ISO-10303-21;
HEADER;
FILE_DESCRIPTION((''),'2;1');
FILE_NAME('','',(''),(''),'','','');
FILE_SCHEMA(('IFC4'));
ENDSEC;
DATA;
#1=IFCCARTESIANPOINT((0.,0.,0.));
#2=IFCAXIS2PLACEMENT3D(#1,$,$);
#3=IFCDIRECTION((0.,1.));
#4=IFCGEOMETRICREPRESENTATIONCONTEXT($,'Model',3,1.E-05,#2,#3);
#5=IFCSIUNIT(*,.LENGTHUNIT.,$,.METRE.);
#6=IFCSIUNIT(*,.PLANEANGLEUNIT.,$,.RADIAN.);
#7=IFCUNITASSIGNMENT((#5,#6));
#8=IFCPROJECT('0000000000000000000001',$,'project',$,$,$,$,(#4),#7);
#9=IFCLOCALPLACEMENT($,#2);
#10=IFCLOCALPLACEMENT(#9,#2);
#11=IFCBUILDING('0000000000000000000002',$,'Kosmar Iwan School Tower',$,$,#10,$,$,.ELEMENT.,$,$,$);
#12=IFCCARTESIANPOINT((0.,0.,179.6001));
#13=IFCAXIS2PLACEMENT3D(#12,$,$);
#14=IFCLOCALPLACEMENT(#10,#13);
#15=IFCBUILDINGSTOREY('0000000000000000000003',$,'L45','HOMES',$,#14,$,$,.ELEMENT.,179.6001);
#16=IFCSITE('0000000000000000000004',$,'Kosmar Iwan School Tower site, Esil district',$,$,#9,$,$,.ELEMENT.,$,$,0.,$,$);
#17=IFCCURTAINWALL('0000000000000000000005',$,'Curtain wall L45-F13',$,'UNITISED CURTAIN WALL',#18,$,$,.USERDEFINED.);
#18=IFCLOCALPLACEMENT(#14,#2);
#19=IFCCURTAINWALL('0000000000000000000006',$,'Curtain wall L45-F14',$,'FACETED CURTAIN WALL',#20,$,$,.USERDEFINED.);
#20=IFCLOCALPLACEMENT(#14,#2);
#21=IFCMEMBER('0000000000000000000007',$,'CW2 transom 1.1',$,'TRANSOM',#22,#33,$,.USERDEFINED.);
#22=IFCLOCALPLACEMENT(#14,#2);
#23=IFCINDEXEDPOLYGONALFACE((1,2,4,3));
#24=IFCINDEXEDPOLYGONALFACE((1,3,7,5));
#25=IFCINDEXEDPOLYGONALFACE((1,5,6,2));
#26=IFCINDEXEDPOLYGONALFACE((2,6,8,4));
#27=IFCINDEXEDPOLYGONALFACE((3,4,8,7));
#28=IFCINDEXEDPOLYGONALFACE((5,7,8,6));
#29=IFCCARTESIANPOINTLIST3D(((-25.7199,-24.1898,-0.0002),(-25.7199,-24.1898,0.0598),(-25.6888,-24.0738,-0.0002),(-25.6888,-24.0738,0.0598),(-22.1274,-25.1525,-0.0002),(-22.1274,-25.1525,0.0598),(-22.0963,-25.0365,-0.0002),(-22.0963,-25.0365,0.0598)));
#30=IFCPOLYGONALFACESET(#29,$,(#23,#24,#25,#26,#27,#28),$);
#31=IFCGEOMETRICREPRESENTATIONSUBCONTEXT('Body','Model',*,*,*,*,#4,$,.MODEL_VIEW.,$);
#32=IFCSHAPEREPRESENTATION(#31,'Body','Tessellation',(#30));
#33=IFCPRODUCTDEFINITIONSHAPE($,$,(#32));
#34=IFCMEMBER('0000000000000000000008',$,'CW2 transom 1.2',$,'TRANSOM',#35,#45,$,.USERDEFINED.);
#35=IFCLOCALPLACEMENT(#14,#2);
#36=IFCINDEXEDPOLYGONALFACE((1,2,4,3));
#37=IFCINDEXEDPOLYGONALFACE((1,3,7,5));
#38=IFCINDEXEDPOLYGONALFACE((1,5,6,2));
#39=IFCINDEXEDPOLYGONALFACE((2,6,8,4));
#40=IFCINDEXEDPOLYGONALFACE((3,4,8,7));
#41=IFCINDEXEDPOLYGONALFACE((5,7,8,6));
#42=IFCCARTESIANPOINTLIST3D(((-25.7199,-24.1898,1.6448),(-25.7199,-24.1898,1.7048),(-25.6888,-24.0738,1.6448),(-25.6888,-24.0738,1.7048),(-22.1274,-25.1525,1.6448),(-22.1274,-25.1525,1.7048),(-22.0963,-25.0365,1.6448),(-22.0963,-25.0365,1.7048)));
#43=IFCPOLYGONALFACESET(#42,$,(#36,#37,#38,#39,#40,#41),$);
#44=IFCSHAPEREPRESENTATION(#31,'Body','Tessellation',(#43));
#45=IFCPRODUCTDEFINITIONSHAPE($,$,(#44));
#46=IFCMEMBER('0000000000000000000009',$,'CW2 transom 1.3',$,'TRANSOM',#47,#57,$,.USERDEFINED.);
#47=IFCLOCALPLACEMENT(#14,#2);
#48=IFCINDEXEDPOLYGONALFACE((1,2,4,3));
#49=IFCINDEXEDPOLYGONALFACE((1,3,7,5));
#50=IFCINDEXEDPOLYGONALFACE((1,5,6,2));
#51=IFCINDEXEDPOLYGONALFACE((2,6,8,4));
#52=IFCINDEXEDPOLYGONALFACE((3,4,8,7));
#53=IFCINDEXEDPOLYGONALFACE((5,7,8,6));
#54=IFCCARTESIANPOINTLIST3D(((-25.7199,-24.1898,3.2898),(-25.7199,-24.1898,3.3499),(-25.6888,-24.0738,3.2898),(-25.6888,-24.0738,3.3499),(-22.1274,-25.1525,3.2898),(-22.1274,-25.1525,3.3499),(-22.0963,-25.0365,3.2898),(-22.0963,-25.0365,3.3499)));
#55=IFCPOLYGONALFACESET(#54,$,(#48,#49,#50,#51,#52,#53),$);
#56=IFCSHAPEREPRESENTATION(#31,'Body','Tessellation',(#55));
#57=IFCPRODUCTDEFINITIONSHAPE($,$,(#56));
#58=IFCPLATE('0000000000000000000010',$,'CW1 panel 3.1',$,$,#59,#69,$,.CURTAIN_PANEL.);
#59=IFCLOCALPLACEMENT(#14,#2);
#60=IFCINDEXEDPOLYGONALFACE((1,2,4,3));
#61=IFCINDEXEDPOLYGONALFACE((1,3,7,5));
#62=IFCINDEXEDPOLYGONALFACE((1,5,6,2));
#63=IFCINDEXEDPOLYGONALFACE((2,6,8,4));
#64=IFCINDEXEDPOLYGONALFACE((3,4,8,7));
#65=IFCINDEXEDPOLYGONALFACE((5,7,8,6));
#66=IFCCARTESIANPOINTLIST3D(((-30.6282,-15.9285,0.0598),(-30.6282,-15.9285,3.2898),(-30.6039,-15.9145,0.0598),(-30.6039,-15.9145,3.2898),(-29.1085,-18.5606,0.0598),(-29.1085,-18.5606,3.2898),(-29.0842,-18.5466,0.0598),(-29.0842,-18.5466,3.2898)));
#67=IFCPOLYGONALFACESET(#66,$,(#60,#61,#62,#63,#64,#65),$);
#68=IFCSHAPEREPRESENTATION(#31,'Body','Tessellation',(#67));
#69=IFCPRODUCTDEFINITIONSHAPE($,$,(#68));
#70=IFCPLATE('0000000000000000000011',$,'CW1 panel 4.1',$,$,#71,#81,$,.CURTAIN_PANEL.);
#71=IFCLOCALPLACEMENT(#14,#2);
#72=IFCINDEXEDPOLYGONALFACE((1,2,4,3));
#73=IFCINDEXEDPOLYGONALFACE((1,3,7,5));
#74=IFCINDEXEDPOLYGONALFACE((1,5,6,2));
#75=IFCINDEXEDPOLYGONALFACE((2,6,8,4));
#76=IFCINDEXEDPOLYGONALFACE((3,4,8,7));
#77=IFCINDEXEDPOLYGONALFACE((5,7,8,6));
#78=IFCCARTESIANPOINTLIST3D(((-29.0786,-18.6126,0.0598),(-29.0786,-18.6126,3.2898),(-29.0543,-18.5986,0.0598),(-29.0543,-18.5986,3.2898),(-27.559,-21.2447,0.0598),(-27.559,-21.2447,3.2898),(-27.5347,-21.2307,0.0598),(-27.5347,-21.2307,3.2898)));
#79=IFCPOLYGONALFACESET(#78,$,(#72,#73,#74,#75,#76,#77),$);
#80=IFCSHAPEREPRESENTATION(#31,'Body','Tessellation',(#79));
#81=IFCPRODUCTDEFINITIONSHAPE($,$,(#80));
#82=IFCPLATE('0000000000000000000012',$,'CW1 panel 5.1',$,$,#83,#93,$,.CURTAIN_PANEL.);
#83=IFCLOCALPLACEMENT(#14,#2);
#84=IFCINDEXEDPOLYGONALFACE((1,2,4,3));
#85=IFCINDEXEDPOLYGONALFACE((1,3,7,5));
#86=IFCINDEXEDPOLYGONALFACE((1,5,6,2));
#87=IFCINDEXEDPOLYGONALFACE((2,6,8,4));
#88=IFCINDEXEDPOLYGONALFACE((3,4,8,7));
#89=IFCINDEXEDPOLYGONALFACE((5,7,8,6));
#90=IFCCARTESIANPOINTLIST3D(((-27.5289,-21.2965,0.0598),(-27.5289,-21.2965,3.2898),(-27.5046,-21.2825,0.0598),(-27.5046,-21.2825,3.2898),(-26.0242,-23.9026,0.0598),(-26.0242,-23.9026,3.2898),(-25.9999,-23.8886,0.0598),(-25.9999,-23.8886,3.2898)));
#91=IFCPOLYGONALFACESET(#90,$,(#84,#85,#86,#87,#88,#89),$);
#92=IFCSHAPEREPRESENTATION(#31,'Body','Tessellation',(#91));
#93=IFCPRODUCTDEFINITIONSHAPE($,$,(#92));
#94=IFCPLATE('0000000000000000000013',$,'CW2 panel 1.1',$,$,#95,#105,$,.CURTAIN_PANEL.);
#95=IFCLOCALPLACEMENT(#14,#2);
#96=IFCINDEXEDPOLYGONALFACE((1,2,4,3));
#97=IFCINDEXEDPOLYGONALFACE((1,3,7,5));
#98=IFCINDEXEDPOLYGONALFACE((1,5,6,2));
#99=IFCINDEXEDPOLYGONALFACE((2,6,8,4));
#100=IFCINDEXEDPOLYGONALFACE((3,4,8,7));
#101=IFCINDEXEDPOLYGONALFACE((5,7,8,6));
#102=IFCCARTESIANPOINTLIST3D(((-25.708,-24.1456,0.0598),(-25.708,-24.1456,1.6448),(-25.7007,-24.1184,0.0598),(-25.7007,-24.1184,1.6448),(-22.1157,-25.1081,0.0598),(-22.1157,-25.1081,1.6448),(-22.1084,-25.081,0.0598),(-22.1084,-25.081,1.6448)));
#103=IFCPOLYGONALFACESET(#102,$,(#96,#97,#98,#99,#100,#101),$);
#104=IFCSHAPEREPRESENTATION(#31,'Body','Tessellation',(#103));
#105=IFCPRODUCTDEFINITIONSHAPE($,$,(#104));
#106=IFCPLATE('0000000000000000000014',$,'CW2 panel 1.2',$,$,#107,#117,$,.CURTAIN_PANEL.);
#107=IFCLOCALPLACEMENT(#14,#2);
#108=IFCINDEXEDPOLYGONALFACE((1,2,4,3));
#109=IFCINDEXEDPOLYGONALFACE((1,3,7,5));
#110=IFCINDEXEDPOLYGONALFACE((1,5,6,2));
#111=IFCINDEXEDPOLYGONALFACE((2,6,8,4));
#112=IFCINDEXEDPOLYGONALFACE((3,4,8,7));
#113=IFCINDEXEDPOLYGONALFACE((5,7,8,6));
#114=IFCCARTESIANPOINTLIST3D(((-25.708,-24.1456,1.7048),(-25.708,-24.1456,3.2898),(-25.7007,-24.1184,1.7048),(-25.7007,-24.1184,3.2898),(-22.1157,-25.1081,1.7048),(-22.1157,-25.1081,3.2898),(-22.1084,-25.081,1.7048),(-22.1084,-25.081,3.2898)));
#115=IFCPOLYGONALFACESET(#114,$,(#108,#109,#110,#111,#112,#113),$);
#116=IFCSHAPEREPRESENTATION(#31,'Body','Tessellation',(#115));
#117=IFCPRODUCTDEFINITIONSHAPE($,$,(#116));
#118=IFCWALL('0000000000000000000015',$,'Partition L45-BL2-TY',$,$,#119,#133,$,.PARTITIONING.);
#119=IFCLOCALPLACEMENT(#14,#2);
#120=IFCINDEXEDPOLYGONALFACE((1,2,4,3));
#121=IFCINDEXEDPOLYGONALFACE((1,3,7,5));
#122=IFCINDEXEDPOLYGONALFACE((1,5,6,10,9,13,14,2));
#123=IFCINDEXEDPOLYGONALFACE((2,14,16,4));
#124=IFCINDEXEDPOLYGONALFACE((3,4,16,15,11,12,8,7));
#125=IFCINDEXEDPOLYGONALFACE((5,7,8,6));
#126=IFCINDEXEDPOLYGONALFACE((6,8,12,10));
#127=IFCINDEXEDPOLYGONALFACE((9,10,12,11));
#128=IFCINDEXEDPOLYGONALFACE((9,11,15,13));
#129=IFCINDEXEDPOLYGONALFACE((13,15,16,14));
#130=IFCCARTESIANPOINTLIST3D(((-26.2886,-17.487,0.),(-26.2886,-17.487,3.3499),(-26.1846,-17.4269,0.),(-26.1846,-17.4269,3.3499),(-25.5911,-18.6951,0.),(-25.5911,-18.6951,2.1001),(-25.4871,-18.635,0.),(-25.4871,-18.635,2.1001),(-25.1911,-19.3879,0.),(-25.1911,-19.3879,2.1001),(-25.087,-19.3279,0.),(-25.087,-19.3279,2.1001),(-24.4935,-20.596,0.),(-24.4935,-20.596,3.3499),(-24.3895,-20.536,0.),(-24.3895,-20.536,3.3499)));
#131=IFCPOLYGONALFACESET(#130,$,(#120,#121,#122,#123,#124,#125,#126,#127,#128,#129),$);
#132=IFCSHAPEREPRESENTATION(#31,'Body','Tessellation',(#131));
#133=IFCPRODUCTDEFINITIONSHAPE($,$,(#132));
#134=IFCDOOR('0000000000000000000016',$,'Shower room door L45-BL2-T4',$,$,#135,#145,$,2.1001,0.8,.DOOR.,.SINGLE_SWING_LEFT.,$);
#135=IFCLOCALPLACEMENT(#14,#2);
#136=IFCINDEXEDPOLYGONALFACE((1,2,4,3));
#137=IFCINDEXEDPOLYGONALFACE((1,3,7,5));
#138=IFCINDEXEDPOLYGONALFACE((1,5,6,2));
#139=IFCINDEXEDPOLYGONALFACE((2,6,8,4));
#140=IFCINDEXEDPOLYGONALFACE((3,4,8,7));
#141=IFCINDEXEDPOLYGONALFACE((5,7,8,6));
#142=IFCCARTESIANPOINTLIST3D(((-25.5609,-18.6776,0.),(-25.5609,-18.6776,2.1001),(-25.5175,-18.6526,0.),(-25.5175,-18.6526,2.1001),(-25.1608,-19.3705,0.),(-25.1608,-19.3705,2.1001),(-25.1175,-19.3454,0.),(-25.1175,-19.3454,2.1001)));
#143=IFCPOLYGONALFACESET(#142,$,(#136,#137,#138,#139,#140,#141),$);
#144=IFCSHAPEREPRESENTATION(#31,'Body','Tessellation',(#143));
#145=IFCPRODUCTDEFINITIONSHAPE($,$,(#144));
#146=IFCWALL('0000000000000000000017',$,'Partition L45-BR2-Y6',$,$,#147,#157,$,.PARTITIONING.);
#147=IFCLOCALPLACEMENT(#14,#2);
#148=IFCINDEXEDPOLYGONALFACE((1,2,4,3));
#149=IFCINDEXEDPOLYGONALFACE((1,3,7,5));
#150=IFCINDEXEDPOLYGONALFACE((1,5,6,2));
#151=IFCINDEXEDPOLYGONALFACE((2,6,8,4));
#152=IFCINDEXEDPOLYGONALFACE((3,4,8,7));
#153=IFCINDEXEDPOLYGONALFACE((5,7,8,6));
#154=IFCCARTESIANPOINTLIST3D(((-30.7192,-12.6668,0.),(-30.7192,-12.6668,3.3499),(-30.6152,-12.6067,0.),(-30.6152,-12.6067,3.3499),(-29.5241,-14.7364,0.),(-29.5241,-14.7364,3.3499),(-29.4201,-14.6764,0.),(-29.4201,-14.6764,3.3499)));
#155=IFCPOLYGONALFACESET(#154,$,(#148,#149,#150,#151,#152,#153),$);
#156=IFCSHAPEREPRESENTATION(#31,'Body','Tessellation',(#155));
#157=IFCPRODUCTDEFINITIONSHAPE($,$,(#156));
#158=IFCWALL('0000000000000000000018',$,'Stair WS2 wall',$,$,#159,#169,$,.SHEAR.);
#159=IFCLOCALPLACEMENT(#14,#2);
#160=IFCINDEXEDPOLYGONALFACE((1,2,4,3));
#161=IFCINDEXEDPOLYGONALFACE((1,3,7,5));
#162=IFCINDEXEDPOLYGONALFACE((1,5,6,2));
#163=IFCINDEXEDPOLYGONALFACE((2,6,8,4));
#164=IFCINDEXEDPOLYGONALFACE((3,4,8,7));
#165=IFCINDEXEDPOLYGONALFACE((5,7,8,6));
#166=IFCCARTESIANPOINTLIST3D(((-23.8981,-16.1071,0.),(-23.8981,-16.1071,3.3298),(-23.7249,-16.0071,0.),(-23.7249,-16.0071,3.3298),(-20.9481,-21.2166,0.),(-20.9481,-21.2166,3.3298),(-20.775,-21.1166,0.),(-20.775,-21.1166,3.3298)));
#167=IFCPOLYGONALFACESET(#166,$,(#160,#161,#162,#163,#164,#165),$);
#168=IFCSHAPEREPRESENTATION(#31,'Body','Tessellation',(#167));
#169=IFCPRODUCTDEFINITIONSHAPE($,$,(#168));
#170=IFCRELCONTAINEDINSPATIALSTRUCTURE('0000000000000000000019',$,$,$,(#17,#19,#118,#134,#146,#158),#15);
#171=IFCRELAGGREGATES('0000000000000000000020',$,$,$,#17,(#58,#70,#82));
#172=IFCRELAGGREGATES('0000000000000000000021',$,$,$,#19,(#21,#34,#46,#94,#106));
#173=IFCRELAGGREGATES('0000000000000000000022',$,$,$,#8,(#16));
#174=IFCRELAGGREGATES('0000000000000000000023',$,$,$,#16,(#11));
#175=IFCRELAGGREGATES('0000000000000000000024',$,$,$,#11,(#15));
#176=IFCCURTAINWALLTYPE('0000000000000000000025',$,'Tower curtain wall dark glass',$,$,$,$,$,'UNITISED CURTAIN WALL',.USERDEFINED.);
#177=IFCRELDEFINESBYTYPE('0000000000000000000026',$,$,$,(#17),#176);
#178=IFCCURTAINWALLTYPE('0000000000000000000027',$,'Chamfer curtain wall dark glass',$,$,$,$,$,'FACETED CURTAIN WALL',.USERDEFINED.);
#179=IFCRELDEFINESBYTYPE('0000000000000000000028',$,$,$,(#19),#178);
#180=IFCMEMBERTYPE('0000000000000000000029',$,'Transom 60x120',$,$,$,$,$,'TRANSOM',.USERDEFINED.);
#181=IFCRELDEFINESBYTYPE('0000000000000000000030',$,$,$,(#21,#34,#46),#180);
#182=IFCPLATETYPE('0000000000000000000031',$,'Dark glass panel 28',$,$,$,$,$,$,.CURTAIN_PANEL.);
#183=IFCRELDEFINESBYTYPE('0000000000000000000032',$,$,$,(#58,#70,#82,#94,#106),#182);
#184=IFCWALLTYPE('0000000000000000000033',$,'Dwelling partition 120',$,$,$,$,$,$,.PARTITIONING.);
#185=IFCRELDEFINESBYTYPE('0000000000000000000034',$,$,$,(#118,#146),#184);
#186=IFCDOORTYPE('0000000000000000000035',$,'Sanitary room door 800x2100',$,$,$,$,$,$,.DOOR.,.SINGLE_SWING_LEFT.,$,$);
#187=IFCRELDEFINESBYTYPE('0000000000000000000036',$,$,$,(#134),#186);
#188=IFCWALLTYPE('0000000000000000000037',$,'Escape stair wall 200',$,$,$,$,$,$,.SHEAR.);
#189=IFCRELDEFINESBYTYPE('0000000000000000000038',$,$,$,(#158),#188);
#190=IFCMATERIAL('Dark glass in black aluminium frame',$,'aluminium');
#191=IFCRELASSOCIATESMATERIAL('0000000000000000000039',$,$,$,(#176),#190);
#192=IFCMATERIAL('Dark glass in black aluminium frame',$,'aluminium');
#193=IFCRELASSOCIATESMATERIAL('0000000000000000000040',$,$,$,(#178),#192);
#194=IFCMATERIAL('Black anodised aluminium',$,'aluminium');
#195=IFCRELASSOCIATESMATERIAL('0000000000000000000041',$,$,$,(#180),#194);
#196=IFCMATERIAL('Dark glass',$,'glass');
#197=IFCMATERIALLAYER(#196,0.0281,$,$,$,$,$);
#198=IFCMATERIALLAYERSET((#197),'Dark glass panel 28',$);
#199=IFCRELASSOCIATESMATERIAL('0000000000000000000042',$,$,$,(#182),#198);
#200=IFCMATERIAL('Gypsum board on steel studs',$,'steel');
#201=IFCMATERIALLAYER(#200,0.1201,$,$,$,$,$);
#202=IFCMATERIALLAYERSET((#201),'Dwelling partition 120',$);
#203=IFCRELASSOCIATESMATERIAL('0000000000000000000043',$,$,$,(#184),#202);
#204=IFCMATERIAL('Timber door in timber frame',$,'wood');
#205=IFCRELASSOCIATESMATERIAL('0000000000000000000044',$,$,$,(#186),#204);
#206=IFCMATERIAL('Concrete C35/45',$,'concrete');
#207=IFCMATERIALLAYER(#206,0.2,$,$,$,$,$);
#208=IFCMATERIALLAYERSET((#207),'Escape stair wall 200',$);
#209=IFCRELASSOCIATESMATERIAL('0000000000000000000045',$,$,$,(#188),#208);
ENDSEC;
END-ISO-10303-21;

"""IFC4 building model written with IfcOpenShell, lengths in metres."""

from ifc_helpers import new_model, si_unit, direction, frame, frame_2d, origin, origin_2d, place, context, subcontext, project, spatial, rectangle, extrude, material, layer, layer_set, material_profile, profile_set, type_object, element, fill, aggregate, save


model = new_model("IFC4")

# Units and contexts
model_context = context("Model", 3, precision=1e-05, world=origin(), true_north=direction((0.0, 1.0)))
body_context = subcontext(model_context, "Body", "Model", "MODEL_VIEW")
ifc_project = project(units=[si_unit("LENGTHUNIT", "METRE"), si_unit("PLANEANGLEUNIT", "RADIAN")], contexts=[model_context])

# Site, building, storey
site_placement = place(None, origin())
site = spatial("IfcSite", under=ifc_project, at=site_placement, Name="Kosmar Iwan School Tower site, Esil district", CompositionType="ELEMENT", RefElevation=0.0)
building_placement = place(site_placement, origin())
building = spatial("IfcBuilding", under=site, at=building_placement, Name="Kosmar Iwan School Tower", CompositionType="ELEMENT")
storey_placement = place(building_placement, frame((0.0, 0.0, 179.6001)))
storey = spatial("IfcBuildingStorey", under=building, at=storey_placement, Name="L45", Description="HOMES", CompositionType="ELEMENT", Elevation=179.6001)

# Curtain wall
ifc_material_1 = material(Name="Dark glass in black aluminium frame", Category="aluminium")
curtain_wall_type_1 = type_object("IfcCurtainWallType", Name="Tower curtain wall dark glass", ElementType="UNITISED CURTAIN WALL", PredefinedType="USERDEFINED", material=ifc_material_1)
curtain_wall_1_placement = place(storey_placement, origin())
curtain_wall_1 = element("IfcCurtainWall", 1, at=curtain_wall_1_placement, inside=storey, type_object=curtain_wall_type_1, Name="Curtain wall L45-F13", ObjectType="UNITISED CURTAIN WALL", PredefinedType="USERDEFINED")

# Curtain wall
ifc_material_2 = material(Name="Dark glass in black aluminium frame", Category="aluminium")
curtain_wall_type_2 = type_object("IfcCurtainWallType", Name="Chamfer curtain wall dark glass", ElementType="FACETED CURTAIN WALL", PredefinedType="USERDEFINED", material=ifc_material_2)
curtain_wall_2_placement = place(storey_placement, origin())
curtain_wall_2 = element("IfcCurtainWall", 2, at=curtain_wall_2_placement, inside=storey, type_object=curtain_wall_type_2, Name="Curtain wall L45-F14", ObjectType="FACETED CURTAIN WALL", PredefinedType="USERDEFINED")

# Members
ifc_material_3 = material(Name="Black anodised aluminium", Category="aluminium")
ifc_material_profile_1 = material_profile(ifc_material_3, rectangle(XDim=0.1201, YDim=0.0601, at=origin_2d()), Name="TRANSOM 60x120")
ifc_profile_set_1 = profile_set([ifc_material_profile_1], Name="Black anodised aluminium")
member_type_1 = type_object("IfcMemberType", Name="Transom 60x120", ElementType="TRANSOM", PredefinedType="USERDEFINED", material=ifc_profile_set_1)
member_1_placement = place(storey_placement, frame((-25.7043, -24.1318, 0.0298), z_axis=(0.965924, -0.258827, 0.0), x_axis=(0.258827, 0.965924, 0.0)))
member_1 = element("IfcMember", 3, at=member_1_placement, type_object=member_type_1, Name="CW2 transom 1.1", ObjectType="TRANSOM", PredefinedType="USERDEFINED", context=body_context, shape_type="SweptSolid", body=[
    extrude(rectangle(XDim=0.1201, YDim=0.0601, at=origin_2d()), origin(), (0.0, 0.0, 1.0), 3.7192),
])
member_2_placement = place(storey_placement, frame((-25.7043, -24.1318, 1.6748), z_axis=(0.965924, -0.258827, 0.0), x_axis=(0.258827, 0.965924, 0.0)))
member_2 = element("IfcMember", 4, at=member_2_placement, type_object=member_type_1, Name="CW2 transom 1.2", ObjectType="TRANSOM", PredefinedType="USERDEFINED", context=body_context, shape_type="SweptSolid", body=[
    extrude(rectangle(XDim=0.1201, YDim=0.0601, at=origin_2d()), origin(), (0.0, 0.0, 1.0), 3.7192),
])
member_3_placement = place(storey_placement, frame((-25.7043, -24.1318, 3.3198), z_axis=(0.965924, -0.258827, 0.0), x_axis=(0.258827, 0.965924, 0.0)))
member_3 = element("IfcMember", 5, at=member_3_placement, type_object=member_type_1, Name="CW2 transom 1.3", ObjectType="TRANSOM", PredefinedType="USERDEFINED", context=body_context, shape_type="SweptSolid", body=[
    extrude(rectangle(XDim=0.1201, YDim=0.0601, at=origin_2d()), origin(), (0.0, 0.0, 1.0), 3.7192),
])

# Plates
ifc_material_4 = material(Name="Dark glass", Category="glass")
ifc_layer_1 = layer(ifc_material_4, 0.0281)
ifc_layer_set_1 = layer_set([ifc_layer_1], Name="Dark glass panel 28")
plate_type = type_object("IfcPlateType", Name="Dark glass panel 28", PredefinedType="CURTAIN_PANEL", material=ifc_layer_set_1)
plate_1_placement = place(storey_placement, frame((-29.8562, -17.2375, 0.0598), z_axis=(0.0, 0.0, 1.0), x_axis=(0.5, -0.866025, 0.0)))
plate_1 = element("IfcPlate", 6, at=plate_1_placement, type_object=plate_type, Name="CW1 panel 3.1", PredefinedType="CURTAIN_PANEL", context=body_context, shape_type="SweptSolid", body=[
    extrude(rectangle(XDim=3.0393, YDim=0.0281, at=origin_2d()), origin(), (0.0, 0.0, 1.0), 3.23),
])
plate_2_placement = place(storey_placement, frame((-28.3066, -19.9216, 0.0598), z_axis=(0.0, 0.0, 1.0), x_axis=(0.5, -0.866025, 0.0)))
plate_2 = element("IfcPlate", 7, at=plate_2_placement, type_object=plate_type, Name="CW1 panel 4.1", PredefinedType="CURTAIN_PANEL", context=body_context, shape_type="SweptSolid", body=[
    extrude(rectangle(XDim=3.0393, YDim=0.0281, at=origin_2d()), origin(), (0.0, 0.0, 1.0), 3.23),
])
plate_3_placement = place(storey_placement, frame((-26.7644, -22.5925, 0.0598), z_axis=(0.0, 0.0, 1.0), x_axis=(0.5, -0.866025, 0.0)))
plate_3 = element("IfcPlate", 8, at=plate_3_placement, type_object=plate_type, Name="CW1 panel 5.1", PredefinedType="CURTAIN_PANEL", context=body_context, shape_type="SweptSolid", body=[
    extrude(rectangle(XDim=3.0093, YDim=0.0281, at=origin_2d()), origin(), (0.0, 0.0, 1.0), 3.23),
])
aggregate(curtain_wall_1, [plate_1, plate_2, plate_3])
plate_4_placement = place(storey_placement, frame((-23.9082, -24.6133, 0.0598), z_axis=(0.0, 0.0, 1.0), x_axis=(0.965926, -0.258819, 0.0)))
plate_4 = element("IfcPlate", 9, at=plate_4_placement, type_object=plate_type, Name="CW2 panel 1.1", PredefinedType="CURTAIN_PANEL", context=body_context, shape_type="SweptSolid", body=[
    extrude(rectangle(XDim=3.719, YDim=0.0281, at=origin_2d()), origin(), (0.0, 0.0, 1.0), 1.585),
])
plate_5_placement = place(storey_placement, frame((-23.9082, -24.6133, 1.7048), z_axis=(0.0, 0.0, 1.0), x_axis=(0.965926, -0.258819, 0.0)))
plate_5 = element("IfcPlate", 10, at=plate_5_placement, type_object=plate_type, Name="CW2 panel 1.2", PredefinedType="CURTAIN_PANEL", context=body_context, shape_type="SweptSolid", body=[
    extrude(rectangle(XDim=3.719, YDim=0.0281, at=origin_2d()), origin(), (0.0, 0.0, 1.0), 1.585),
])
aggregate(curtain_wall_2, [member_1, member_2, member_3, plate_4, plate_5])

# Wall, opening, door
ifc_material_5 = material(Name="Gypsum board on steel studs", Category="steel")
ifc_layer_2 = layer(ifc_material_5, 0.1201)
ifc_layer_set_2 = layer_set([ifc_layer_2], Name="Dwelling partition 120")
wall_type_1 = type_object("IfcWallType", Name="Dwelling partition 120", PredefinedType="PARTITIONING", material=ifc_layer_set_2)
wall_1_placement = place(storey_placement, frame((-26.2366, -17.457, 0.0), z_axis=(0.0, 0.0, 1.0), x_axis=(0.500023, -0.866012, 0.0)))
wall_1 = element("IfcWall", 11, at=wall_1_placement, inside=storey, type_object=wall_type_1, Name="Partition L45-BL2-TY", PredefinedType="PARTITIONING", context=body_context, shape_type="SweptSolid", body=[
    extrude(rectangle(XDim=3.5901, YDim=0.1201, at=frame_2d((1.7949, 0.0))), origin(), (0.0, 0.0, 1.0), 3.3499),
])
opening_placement = place(wall_1_placement, frame((1.395, 0.0, 0.0)))
opening = element("IfcOpeningElement", 12, at=opening_placement, cuts=wall_1, PredefinedType="OPENING", context=body_context, shape_type="SweptSolid", body=[
    extrude(rectangle(XDim=0.8, YDim=2.1001, at=frame_2d((0.3999, 1.05))), frame((0.0, 0.072, 0.0), z_axis=(0.0, -1.0, 0.0), x_axis=(1.0, 0.0, 0.0)), (0.0, 0.0, 1.0), 0.144),
])
ifc_material_6 = material(Name="Timber door in timber frame", Category="wood")
door_type = type_object("IfcDoorType", Name="Sanitary room door 800x2100", OperationType="SINGLE_SWING_LEFT", PredefinedType="DOOR", material=ifc_material_6)
door_placement = place(opening_placement, origin())
door = element("IfcDoor", 13, at=door_placement, inside=storey, type_object=door_type, Name="Shower room door L45-BL2-T4", OperationType="SINGLE_SWING_LEFT", OverallHeight=2.1001, OverallWidth=0.8, PredefinedType="DOOR", context=body_context, shape_type="SweptSolid", body=[
    extrude(rectangle(XDim=0.8, YDim=2.1001, at=frame_2d((0.3999, 1.05))), frame((0.0, 0.0249, 0.0), z_axis=(0.0, -1.0, 0.0), x_axis=(1.0, 0.0, 0.0)), (0.0, 0.0, 1.0), 0.05),
])
fill(opening, door)

# Walls
wall_2_placement = place(storey_placement, frame((-29.4722, -14.7063, 0.0), z_axis=(0.0, 0.0, 1.0), x_axis=(-0.500061, 0.86599, 0.0)))
element("IfcWall", 14, at=wall_2_placement, inside=storey, type_object=wall_type_1, Name="Partition L45-BR2-Y6", PredefinedType="PARTITIONING", context=body_context, shape_type="SweptSolid", body=[
    extrude(rectangle(XDim=2.3899, YDim=0.1201, at=frame_2d((1.1948, 0.0))), origin(), (0.0, 0.0, 1.0), 3.3499),
])
ifc_material_7 = material(Name="Concrete C35/45", Category="concrete")
ifc_layer_3 = layer(ifc_material_7, 0.2)
ifc_layer_set_3 = layer_set([ifc_layer_3], Name="Escape stair wall 200")
wall_type_2 = type_object("IfcWallType", Name="Escape stair wall 200", PredefinedType="SHEAR", material=ifc_layer_set_3)
wall_3_placement = place(storey_placement, frame((-23.8115, -16.0571, 0.0), z_axis=(0.0, 0.0, 1.0), x_axis=(0.500007, -0.866022, 0.0)))
element("IfcWall", 15, at=wall_3_placement, inside=storey, type_object=wall_type_2, Name="Stair WS2 wall", PredefinedType="SHEAR", context=body_context, shape_type="SweptSolid", body=[
    extrude(rectangle(XDim=5.8999, YDim=0.2, at=frame_2d((2.95, 0.0))), origin(), (0.0, 0.0, 1.0), 3.3298),
])

save(model, "model.ifc")
